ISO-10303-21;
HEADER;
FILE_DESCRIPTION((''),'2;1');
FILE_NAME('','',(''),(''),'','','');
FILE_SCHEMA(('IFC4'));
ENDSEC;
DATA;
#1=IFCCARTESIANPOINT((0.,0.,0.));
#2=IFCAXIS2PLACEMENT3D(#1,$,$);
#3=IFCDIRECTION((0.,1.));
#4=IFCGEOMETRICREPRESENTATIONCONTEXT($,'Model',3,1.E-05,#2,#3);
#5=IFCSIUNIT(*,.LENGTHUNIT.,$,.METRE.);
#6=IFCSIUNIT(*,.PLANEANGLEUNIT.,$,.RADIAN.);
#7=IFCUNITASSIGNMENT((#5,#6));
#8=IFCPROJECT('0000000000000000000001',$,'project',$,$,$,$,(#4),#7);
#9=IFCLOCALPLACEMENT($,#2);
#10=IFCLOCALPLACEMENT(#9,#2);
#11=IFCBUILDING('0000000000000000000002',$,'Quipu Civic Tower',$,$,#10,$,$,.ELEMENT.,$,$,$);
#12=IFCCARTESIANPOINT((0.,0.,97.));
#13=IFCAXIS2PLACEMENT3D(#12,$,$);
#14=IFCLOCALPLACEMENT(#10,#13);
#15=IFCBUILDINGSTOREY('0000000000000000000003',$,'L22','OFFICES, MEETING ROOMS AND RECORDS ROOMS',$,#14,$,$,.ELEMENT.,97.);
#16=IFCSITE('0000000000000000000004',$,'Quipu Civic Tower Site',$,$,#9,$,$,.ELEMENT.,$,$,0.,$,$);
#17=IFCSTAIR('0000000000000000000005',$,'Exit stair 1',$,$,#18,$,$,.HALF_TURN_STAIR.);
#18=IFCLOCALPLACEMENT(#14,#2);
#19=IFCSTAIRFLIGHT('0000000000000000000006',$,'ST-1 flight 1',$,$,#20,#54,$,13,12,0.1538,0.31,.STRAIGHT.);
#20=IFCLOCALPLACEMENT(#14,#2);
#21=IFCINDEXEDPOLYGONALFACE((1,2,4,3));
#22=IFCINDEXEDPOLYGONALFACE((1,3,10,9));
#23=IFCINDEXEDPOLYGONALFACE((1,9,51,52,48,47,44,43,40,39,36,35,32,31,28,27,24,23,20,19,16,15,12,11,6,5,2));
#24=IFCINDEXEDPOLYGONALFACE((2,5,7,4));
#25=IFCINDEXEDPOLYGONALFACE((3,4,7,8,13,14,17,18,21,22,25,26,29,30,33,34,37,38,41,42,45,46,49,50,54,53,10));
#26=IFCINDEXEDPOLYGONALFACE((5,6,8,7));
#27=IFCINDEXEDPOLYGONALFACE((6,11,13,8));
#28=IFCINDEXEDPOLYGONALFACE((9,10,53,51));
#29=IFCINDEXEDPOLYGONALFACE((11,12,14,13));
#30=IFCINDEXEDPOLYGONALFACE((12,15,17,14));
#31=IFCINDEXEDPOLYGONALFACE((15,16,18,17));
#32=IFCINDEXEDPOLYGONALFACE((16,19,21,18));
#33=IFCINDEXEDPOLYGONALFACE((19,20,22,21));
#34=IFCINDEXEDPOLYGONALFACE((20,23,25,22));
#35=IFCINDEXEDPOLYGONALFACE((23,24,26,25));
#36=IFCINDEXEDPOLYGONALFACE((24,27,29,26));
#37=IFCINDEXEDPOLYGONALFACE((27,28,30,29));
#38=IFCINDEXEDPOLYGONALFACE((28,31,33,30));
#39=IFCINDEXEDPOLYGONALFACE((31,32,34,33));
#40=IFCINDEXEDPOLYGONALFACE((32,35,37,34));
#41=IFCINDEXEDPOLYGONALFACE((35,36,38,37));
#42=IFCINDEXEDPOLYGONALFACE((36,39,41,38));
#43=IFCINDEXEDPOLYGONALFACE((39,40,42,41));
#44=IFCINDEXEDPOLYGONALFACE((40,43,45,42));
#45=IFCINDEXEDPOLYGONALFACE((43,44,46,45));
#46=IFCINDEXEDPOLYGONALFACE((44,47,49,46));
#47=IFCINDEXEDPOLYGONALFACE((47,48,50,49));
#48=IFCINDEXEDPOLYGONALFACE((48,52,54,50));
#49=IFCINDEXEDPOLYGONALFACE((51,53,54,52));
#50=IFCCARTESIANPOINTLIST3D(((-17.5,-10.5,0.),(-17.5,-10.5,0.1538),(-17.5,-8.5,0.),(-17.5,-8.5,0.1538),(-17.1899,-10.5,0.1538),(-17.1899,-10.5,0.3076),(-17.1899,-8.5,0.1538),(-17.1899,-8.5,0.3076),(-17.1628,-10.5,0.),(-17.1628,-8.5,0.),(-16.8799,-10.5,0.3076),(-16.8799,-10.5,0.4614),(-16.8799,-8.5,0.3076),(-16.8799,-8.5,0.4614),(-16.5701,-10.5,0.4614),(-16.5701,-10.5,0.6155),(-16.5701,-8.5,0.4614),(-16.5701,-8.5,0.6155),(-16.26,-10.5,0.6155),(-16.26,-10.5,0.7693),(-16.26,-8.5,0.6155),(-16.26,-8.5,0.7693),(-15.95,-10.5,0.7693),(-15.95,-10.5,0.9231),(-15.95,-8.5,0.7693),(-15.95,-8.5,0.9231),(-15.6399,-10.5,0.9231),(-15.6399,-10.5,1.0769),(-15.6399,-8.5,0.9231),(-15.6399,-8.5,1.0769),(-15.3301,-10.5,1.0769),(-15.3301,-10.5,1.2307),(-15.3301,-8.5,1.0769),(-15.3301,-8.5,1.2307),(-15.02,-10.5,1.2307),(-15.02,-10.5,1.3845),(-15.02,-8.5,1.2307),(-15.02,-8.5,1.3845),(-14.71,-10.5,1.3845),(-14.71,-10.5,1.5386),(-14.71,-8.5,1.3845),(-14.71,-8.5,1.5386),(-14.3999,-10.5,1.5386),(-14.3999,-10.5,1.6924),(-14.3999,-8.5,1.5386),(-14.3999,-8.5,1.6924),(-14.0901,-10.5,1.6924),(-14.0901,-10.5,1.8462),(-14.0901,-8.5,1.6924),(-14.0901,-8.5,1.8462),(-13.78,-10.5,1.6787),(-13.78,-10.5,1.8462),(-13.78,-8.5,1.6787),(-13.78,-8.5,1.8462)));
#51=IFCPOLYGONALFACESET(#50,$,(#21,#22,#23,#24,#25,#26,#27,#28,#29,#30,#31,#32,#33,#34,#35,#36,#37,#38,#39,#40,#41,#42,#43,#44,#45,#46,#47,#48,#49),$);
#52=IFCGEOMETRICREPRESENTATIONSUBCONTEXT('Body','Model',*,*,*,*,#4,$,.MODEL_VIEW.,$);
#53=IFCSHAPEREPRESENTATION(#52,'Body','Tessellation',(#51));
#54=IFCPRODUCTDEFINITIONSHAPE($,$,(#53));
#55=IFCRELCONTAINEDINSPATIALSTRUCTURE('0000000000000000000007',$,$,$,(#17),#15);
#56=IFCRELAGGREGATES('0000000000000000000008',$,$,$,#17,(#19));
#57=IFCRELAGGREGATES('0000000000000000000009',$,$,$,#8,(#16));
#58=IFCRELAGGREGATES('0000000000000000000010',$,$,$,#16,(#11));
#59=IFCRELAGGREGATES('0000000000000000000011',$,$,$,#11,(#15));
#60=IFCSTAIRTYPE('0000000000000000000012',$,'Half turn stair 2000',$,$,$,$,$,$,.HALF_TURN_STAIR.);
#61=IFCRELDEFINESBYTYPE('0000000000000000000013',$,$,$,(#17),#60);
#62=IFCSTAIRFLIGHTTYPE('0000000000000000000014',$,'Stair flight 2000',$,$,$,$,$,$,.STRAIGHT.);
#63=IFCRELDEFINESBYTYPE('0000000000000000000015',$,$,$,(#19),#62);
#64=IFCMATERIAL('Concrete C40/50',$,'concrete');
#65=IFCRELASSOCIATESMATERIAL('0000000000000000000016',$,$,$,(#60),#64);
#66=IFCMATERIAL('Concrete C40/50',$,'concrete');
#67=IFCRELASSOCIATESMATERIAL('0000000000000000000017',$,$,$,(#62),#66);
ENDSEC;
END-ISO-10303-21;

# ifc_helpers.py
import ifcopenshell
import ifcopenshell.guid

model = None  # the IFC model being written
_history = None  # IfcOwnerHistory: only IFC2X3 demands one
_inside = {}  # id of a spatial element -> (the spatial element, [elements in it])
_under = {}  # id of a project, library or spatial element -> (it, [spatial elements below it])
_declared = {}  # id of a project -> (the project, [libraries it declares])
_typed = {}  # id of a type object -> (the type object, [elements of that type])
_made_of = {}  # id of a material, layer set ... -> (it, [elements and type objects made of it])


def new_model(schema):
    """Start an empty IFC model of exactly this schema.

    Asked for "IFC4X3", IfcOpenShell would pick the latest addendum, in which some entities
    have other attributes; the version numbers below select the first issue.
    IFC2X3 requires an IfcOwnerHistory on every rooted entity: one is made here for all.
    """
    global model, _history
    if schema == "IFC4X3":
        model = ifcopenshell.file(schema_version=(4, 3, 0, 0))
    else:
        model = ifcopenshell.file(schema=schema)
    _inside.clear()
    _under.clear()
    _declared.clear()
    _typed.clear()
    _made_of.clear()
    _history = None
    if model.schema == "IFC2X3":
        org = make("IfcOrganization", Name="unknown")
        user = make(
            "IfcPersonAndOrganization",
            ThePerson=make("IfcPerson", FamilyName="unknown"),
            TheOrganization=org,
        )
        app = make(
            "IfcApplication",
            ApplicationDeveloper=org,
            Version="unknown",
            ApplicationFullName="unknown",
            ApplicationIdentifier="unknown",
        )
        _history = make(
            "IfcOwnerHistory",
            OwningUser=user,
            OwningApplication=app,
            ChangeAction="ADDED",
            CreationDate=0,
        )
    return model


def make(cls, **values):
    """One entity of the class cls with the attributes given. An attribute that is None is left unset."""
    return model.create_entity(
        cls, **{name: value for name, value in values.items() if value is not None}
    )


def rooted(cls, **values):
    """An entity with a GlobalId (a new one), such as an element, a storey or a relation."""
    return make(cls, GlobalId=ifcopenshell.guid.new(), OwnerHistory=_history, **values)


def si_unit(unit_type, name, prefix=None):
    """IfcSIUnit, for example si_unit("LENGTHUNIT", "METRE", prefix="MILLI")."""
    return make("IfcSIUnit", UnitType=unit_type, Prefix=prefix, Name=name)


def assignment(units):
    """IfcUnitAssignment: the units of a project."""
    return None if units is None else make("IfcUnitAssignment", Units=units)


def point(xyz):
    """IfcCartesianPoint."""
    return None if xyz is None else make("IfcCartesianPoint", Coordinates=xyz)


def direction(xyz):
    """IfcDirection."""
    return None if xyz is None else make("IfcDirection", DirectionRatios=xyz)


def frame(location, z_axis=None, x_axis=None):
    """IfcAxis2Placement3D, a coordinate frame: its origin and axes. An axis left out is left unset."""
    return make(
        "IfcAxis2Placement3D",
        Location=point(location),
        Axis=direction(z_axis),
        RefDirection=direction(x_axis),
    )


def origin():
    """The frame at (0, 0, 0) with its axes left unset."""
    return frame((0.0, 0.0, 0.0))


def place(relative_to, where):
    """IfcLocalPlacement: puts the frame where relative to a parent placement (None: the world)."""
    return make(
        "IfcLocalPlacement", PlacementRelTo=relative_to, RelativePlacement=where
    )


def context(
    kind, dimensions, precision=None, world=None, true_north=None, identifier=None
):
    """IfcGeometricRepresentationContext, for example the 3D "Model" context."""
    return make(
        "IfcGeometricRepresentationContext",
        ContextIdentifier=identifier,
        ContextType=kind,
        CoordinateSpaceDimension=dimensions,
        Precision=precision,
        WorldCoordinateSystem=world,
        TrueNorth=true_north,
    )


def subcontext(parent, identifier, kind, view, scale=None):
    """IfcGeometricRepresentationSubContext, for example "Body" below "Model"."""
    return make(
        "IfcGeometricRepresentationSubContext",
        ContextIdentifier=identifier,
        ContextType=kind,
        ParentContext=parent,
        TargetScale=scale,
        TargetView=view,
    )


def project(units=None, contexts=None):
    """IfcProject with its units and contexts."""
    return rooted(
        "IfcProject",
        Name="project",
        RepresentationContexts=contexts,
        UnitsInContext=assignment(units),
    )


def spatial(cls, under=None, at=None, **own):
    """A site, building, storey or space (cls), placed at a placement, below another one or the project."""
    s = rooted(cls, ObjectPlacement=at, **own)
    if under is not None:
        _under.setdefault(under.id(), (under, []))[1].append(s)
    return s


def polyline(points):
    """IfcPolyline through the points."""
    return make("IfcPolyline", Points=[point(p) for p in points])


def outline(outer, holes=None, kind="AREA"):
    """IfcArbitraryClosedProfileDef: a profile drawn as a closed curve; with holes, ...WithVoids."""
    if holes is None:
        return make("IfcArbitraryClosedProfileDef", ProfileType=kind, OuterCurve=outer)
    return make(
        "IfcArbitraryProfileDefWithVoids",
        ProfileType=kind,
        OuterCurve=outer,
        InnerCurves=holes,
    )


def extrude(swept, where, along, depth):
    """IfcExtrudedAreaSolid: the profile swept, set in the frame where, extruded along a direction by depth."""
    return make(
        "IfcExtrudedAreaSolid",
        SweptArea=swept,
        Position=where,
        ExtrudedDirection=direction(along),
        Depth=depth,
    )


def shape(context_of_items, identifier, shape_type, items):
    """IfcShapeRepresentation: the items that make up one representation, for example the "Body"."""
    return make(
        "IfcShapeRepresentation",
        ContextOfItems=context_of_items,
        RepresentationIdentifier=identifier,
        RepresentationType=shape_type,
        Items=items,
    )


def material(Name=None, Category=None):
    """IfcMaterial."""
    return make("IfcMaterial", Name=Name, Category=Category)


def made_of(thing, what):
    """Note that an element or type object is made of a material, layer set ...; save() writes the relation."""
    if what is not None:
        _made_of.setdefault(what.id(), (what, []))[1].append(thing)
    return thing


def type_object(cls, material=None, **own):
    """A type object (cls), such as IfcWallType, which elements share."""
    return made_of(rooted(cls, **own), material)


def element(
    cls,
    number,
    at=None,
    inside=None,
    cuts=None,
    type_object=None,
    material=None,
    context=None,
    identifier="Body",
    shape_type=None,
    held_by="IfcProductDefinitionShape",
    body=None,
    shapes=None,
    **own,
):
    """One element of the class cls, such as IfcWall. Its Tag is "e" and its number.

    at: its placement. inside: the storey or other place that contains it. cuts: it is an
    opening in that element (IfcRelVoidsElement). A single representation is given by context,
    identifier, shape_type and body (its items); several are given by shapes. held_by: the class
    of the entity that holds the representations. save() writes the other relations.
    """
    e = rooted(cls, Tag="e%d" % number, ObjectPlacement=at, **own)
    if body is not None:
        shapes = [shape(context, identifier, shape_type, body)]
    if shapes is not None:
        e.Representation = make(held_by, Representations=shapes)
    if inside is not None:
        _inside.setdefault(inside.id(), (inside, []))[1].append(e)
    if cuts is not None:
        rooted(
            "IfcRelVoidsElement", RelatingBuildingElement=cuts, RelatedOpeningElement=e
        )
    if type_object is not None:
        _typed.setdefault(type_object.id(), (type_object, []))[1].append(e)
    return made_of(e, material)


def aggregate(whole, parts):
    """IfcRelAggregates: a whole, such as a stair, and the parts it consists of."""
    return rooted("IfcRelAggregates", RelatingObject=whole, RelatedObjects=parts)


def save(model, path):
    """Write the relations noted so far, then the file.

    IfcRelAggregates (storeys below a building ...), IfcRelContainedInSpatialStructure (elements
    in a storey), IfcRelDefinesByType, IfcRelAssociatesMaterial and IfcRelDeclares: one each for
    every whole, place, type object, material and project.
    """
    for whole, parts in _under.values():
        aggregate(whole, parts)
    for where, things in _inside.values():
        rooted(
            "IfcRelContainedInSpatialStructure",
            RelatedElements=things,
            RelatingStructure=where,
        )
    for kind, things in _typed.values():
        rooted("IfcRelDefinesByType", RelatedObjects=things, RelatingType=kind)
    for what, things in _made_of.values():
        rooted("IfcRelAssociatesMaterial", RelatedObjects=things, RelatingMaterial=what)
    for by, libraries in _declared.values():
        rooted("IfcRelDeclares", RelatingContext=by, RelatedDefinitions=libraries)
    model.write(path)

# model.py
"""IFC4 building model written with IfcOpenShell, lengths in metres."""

from ifc_helpers import new_model, si_unit, direction, frame, origin, place, context, subcontext, project, spatial, polyline, outline, extrude, material, type_object, element, aggregate, save


model = new_model("IFC4")

# Units and contexts
model_context = context("Model", 3, precision=1e-05, world=origin(), true_north=direction((0.0, 1.0)))
body_context = subcontext(model_context, "Body", "Model", "MODEL_VIEW")
ifc_project = project(units=[si_unit("LENGTHUNIT", "METRE"), si_unit("PLANEANGLEUNIT", "RADIAN")], contexts=[model_context])

# Site, building, storey
site_placement = place(None, origin())
site = spatial("IfcSite", under=ifc_project, at=site_placement, Name="Quipu Civic Tower Site", CompositionType="ELEMENT", RefElevation=0.0)
building_placement = place(site_placement, origin())
building = spatial("IfcBuilding", under=site, at=building_placement, Name="Quipu Civic Tower", CompositionType="ELEMENT")
storey_placement = place(building_placement, frame((0.0, 0.0, 97.0)))
storey = spatial("IfcBuildingStorey", under=building, at=storey_placement, Name="L22", Description="OFFICES, MEETING ROOMS AND RECORDS ROOMS", CompositionType="ELEMENT", Elevation=97.0)

# Stair, stair flight
ifc_material_1 = material(Name="Concrete C40/50", Category="concrete")
stair_type = type_object("IfcStairType", Name="Half turn stair 2000", PredefinedType="HALF_TURN_STAIR", material=ifc_material_1)
stair_placement = place(storey_placement, origin())
stair = element("IfcStair", 1, at=stair_placement, inside=storey, type_object=stair_type, Name="Exit stair 1", PredefinedType="HALF_TURN_STAIR")
ifc_material_2 = material(Name="Concrete C40/50", Category="concrete")
stair_flight_type = type_object("IfcStairFlightType", Name="Stair flight 2000", PredefinedType="STRAIGHT", material=ifc_material_2)
stair_flight_placement = place(storey_placement, frame((-17.5, -9.5, 0.0), z_axis=(0.0, 0.0, 1.0), x_axis=(1.0, 0.0, 0.0)))
stair_flight = element("IfcStairFlight", 2, at=stair_flight_placement, type_object=stair_flight_type, Name="ST-1 flight 1", NumberOfRisers=13, NumberOfTreads=12, PredefinedType="STRAIGHT", RiserHeight=0.1538, TreadLength=0.31, context=body_context, shape_type="SweptSolid", body=[
    extrude(outline(polyline([(0.0, 0.0), (0.0, 0.1538), (0.3101, 0.1538), (0.3101, 0.3076), (0.6201, 0.3076), (0.6201, 0.4614), (0.9299, 0.4614), (0.9299, 0.6155), (1.24, 0.6155), (1.24, 0.7693), (1.55, 0.7693), (1.55, 0.9231), (1.8601, 0.9231), (1.8601, 1.0769), (2.1699, 1.0769), (2.1699, 1.2307), (2.48, 1.2307), (2.48, 1.3845), (2.79, 1.3845), (2.79, 1.5386), (3.1001, 1.5386), (3.1001, 1.6924), (3.4099, 1.6924), (3.4099, 1.8462), (3.72, 1.8462), (3.72, 2.0), (3.72, 1.6787), (0.3372, 0.0), (0.0, 0.0)])), frame((0.0, 1.0, 0.0), z_axis=(0.0, -1.0, 0.0), x_axis=(1.0, 0.0, 0.0)), (0.0, 0.0, 1.0), 2.0),
])
aggregate(stair, [stair_flight])

save(model, "model.ifc")
